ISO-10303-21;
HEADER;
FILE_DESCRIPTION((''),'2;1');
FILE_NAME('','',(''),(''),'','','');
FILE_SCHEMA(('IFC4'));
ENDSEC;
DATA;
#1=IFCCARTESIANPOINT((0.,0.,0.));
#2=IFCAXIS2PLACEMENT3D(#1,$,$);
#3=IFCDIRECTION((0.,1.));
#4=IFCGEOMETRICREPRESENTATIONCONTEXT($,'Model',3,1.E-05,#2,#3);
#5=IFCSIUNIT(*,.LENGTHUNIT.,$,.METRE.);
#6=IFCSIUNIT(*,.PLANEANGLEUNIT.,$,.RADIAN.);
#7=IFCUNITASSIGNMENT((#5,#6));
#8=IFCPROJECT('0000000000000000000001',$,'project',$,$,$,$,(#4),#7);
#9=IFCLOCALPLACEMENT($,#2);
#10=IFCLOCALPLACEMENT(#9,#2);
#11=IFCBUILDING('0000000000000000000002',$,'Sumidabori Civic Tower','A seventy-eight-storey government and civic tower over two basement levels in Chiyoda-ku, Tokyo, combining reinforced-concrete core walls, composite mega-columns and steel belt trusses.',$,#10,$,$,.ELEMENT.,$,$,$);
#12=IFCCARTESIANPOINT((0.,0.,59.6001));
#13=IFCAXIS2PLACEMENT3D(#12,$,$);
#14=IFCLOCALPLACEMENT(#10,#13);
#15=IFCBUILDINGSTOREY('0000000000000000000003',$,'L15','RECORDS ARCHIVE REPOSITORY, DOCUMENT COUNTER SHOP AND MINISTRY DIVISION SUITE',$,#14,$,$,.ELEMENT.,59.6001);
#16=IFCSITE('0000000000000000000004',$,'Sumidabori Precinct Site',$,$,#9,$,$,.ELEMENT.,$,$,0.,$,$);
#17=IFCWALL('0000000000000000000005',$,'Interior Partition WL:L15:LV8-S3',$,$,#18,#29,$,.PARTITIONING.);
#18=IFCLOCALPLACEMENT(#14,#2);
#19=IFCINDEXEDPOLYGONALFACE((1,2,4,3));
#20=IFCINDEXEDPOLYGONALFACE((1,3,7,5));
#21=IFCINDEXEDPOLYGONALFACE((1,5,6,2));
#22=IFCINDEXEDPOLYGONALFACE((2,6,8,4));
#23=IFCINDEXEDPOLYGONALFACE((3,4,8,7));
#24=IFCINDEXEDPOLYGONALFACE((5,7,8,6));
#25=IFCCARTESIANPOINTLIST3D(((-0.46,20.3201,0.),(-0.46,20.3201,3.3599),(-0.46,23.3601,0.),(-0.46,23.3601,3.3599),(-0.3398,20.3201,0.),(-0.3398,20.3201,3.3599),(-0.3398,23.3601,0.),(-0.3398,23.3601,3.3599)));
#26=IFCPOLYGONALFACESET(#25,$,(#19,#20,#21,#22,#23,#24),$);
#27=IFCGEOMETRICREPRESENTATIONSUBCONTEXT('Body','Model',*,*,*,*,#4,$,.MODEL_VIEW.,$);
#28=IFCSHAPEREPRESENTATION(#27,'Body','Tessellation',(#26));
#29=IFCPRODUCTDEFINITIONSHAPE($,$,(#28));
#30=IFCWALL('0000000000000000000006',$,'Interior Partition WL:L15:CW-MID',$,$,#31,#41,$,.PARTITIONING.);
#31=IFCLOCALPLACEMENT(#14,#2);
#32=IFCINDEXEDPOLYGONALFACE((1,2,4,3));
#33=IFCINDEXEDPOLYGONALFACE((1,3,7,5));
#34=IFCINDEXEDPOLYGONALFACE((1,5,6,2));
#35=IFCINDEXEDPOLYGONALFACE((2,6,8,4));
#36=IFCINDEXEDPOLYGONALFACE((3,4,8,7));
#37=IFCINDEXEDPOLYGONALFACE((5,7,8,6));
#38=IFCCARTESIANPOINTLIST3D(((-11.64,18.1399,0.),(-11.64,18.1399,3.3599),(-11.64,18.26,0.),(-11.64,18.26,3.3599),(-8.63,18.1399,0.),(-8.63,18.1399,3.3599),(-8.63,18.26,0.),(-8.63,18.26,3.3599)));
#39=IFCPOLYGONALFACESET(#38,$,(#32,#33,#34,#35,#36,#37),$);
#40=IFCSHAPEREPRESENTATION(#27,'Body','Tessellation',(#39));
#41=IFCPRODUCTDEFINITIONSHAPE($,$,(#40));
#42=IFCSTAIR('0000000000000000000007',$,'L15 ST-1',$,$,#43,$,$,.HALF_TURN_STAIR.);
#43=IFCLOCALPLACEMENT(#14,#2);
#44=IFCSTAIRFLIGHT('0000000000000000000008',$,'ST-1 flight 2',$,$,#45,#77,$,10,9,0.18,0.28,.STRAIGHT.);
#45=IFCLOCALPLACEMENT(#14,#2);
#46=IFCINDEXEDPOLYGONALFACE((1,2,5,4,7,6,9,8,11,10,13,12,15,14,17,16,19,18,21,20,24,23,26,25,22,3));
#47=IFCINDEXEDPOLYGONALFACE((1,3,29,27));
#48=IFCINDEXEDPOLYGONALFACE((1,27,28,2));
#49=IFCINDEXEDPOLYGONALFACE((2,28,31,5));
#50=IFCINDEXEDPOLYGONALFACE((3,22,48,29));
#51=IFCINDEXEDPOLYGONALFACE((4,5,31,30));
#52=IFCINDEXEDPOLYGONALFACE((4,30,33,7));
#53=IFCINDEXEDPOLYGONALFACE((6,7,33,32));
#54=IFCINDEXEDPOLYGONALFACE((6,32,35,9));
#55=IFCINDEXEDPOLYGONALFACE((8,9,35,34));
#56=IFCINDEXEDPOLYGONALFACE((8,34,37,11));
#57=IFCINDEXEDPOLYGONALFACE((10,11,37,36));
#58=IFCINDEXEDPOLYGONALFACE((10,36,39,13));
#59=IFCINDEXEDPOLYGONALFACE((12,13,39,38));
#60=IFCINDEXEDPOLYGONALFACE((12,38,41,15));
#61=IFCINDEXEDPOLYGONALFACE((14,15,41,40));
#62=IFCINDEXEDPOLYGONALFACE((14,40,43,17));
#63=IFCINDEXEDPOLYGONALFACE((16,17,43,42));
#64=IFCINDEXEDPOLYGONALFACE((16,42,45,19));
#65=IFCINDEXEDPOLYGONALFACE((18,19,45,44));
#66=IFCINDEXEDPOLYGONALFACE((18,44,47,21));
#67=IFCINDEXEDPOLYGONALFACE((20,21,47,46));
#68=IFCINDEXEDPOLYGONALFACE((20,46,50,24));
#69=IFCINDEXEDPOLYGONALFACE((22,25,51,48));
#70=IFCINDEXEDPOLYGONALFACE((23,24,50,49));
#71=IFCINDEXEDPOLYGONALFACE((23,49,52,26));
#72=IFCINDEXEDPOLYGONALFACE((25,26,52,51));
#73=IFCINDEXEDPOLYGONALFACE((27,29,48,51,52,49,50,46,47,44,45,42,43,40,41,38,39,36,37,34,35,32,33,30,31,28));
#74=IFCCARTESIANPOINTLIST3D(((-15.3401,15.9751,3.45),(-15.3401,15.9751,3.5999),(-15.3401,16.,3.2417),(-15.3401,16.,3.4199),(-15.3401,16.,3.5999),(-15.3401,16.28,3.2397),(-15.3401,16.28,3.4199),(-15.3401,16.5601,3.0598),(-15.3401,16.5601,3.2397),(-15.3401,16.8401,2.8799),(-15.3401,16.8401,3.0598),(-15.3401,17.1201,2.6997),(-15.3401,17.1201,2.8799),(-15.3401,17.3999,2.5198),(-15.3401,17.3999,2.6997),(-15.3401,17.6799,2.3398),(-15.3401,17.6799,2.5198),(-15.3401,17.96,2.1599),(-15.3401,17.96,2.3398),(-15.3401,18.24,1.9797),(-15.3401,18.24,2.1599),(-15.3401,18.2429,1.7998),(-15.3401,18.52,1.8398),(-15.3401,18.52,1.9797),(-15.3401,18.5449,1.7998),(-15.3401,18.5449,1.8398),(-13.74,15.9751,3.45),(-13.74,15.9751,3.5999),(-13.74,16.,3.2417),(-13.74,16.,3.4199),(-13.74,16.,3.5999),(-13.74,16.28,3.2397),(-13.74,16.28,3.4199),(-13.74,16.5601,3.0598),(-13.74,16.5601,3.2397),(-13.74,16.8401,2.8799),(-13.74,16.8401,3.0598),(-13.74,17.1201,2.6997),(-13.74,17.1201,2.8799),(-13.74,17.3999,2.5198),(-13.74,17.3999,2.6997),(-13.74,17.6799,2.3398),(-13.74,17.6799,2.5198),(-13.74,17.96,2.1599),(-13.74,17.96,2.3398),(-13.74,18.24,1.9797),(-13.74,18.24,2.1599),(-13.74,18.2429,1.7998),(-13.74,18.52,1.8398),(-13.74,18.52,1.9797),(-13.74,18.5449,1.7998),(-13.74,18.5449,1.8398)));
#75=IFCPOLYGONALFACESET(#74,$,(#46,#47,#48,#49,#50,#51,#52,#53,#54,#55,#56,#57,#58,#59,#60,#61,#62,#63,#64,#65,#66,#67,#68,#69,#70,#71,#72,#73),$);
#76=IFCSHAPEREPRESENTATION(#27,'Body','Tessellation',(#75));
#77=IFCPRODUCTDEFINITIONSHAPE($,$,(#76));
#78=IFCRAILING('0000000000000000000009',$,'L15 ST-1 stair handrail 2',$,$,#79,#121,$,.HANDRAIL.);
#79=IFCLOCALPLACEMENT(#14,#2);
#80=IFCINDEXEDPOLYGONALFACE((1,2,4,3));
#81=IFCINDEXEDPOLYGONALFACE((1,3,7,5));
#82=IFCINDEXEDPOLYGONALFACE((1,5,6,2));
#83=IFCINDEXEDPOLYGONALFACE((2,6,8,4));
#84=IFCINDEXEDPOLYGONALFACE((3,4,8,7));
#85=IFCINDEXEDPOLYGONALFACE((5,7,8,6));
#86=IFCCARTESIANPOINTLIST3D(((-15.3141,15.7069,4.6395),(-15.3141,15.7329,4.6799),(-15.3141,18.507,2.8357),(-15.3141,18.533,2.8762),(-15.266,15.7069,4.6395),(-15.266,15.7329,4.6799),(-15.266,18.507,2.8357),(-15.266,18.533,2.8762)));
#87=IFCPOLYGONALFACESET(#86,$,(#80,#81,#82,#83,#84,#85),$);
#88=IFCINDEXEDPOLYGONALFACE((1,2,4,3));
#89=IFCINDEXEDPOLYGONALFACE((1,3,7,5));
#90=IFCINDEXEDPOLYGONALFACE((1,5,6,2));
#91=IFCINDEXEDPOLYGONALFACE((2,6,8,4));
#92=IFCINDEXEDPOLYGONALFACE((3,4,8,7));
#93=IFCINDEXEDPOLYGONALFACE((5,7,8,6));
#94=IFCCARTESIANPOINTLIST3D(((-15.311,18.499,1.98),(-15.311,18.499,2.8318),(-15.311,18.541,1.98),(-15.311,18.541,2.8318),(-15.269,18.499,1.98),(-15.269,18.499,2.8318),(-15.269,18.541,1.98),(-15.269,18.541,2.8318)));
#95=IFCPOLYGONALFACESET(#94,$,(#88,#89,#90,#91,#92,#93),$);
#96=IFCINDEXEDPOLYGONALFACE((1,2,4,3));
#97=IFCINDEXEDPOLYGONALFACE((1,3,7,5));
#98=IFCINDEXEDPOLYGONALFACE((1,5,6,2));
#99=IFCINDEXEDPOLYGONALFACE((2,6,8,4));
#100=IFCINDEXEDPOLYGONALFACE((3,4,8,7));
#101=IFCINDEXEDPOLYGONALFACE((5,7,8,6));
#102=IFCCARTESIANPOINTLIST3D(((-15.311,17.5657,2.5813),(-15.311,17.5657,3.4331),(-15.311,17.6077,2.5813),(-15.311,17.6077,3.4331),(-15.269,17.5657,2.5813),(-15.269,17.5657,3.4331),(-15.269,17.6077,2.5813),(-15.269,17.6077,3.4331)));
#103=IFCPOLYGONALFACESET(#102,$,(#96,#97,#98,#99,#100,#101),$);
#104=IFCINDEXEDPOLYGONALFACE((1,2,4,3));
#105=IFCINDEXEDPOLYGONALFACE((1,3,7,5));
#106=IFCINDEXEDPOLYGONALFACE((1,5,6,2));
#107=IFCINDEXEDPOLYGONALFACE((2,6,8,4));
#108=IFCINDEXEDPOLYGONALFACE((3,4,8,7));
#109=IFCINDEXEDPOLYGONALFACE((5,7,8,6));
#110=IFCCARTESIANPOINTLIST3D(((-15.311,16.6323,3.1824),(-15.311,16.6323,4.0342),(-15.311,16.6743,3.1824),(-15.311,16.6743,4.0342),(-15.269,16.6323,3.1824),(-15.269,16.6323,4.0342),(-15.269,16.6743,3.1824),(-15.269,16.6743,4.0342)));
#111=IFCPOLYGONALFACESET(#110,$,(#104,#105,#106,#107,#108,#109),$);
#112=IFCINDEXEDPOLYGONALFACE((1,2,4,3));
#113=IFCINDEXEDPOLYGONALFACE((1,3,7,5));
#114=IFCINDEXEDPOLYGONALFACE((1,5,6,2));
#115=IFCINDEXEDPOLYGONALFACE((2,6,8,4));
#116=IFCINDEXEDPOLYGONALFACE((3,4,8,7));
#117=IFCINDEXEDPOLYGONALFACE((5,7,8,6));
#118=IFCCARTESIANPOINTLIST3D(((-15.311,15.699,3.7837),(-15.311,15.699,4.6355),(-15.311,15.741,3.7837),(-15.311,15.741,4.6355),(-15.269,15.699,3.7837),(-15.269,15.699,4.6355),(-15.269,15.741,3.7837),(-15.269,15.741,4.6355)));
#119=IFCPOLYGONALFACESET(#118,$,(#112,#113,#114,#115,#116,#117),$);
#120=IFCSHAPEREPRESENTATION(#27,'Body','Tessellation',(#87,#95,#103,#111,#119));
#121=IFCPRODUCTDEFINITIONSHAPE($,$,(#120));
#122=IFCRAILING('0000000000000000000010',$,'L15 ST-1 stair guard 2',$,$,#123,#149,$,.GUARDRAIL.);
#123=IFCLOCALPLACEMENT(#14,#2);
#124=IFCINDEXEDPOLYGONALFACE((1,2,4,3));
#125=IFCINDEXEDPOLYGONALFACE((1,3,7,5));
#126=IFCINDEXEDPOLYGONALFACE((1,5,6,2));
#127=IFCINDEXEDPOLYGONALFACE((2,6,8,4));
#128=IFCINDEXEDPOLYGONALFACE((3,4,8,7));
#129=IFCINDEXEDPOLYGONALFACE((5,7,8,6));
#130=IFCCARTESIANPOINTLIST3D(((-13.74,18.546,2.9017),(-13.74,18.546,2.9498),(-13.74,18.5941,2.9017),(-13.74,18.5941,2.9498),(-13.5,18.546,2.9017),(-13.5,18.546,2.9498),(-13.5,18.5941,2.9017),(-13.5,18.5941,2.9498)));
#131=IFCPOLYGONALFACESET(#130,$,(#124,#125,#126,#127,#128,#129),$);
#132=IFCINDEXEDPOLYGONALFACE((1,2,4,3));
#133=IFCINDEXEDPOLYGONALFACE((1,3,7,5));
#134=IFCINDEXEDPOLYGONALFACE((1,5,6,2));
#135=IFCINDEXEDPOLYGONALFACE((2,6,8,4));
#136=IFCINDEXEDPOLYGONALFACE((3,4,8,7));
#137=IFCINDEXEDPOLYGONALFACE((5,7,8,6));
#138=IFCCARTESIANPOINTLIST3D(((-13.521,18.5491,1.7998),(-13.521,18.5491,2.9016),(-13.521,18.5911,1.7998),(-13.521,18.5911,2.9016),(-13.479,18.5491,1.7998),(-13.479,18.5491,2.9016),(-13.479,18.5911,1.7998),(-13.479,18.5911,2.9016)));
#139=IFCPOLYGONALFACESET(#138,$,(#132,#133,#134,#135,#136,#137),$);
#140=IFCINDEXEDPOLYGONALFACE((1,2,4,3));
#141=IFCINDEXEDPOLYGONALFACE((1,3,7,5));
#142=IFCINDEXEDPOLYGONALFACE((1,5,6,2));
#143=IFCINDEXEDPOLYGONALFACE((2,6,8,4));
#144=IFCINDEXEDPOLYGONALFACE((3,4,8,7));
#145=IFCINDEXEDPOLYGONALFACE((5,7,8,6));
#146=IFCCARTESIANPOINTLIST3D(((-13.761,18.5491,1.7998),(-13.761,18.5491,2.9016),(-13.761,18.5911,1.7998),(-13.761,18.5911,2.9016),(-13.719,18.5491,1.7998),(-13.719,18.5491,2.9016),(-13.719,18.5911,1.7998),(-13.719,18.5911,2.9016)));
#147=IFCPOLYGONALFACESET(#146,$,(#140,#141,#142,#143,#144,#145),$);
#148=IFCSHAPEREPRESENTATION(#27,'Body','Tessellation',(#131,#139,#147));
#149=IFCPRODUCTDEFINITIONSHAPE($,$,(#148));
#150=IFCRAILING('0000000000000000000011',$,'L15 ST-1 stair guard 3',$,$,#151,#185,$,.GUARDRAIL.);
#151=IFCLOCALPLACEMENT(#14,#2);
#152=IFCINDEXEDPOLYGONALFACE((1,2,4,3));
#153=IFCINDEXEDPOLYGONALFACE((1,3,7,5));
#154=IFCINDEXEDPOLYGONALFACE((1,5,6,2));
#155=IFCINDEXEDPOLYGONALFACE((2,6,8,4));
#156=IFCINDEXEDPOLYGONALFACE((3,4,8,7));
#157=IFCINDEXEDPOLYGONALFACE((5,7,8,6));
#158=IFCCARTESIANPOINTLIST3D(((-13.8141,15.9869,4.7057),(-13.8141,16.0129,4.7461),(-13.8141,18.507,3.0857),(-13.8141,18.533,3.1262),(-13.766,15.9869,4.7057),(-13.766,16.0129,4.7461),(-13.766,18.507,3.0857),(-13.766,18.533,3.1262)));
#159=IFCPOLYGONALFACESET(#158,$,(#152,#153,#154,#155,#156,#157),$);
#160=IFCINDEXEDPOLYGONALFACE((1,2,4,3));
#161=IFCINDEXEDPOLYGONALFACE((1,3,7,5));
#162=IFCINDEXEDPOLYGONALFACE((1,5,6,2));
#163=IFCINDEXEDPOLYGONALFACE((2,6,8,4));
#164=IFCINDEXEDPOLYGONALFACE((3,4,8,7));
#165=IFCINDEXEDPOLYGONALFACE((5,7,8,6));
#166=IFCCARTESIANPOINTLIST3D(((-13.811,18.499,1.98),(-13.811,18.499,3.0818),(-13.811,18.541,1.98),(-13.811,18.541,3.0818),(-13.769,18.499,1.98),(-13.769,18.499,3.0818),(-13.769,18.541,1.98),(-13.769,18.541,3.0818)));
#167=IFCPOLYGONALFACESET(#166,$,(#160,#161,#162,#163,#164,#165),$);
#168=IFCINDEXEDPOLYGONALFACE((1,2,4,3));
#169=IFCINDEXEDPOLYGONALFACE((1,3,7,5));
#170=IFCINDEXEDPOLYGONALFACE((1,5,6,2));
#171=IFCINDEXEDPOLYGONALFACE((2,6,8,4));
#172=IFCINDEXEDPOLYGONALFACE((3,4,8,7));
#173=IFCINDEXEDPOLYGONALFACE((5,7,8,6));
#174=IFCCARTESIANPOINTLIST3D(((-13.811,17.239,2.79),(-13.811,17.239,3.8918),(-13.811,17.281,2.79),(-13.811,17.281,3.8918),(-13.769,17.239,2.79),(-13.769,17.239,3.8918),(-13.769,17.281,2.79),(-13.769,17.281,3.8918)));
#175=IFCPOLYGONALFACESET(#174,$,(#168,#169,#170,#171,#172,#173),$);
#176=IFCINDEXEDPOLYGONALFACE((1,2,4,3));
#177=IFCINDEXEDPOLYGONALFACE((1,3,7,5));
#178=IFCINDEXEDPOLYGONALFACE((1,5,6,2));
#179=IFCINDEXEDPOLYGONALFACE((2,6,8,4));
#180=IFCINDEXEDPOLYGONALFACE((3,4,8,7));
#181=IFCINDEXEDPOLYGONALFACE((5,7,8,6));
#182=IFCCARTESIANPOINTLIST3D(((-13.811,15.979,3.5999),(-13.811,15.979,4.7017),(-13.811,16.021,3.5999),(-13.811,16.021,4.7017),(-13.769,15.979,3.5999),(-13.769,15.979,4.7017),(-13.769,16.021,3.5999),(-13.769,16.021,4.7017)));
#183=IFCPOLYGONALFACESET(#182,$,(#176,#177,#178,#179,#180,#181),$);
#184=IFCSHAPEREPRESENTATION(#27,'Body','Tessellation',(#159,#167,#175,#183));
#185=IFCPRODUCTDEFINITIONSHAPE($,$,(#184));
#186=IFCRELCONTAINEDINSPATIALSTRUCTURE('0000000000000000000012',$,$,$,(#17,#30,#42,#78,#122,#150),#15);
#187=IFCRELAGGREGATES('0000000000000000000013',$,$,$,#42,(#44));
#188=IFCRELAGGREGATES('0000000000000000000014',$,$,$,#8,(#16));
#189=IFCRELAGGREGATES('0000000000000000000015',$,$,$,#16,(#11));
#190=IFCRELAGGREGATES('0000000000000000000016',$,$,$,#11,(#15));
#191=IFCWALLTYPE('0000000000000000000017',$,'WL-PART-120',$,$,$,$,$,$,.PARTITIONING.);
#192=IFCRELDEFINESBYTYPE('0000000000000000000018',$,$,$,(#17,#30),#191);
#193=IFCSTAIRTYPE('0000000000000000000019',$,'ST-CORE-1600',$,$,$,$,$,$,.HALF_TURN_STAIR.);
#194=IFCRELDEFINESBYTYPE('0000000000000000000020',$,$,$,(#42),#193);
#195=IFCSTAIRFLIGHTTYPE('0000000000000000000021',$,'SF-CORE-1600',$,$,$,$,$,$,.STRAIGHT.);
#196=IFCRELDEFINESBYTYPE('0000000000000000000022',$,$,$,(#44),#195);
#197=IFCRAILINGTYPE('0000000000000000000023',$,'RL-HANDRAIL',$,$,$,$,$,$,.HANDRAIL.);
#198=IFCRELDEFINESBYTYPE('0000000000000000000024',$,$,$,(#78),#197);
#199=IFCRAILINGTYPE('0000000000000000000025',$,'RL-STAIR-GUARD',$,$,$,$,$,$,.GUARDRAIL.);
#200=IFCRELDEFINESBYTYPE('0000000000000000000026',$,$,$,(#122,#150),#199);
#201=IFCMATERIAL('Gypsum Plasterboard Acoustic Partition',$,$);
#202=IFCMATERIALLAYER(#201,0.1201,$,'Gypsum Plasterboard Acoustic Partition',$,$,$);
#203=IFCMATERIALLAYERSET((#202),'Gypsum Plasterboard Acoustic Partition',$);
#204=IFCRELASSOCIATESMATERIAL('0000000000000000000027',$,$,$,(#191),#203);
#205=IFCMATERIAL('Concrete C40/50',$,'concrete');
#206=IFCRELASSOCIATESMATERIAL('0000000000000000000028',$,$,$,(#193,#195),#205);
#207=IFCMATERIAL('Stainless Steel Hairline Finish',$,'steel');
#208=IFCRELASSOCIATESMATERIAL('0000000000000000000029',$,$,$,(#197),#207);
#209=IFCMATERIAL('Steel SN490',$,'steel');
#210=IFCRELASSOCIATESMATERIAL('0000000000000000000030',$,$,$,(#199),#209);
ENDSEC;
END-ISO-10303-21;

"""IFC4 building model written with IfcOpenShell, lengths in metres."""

from ifc_helpers import new_model, si_unit, direction, frame, frame_2d, origin, origin_2d, place, context, subcontext, project, spatial, polyline, rectangle, outline, extrude, source, transform, mapped, material, layer, layer_set, type_object, element, aggregate, save


model = new_model("IFC4")

# Units and contexts
model_context = context("Model", 3, precision=1e-05, world=origin(), true_north=direction((0.0, 1.0)))
body_context = subcontext(model_context, "Body", "Model", "MODEL_VIEW")
ifc_project = project(units=[si_unit("LENGTHUNIT", "METRE"), si_unit("PLANEANGLEUNIT", "RADIAN")], contexts=[model_context])

# Site, building, storey
site_placement = place(None, origin())
site = spatial("IfcSite", under=ifc_project, at=site_placement, Name="Sumidabori Precinct Site", CompositionType="ELEMENT", RefElevation=0.0)
building_placement = place(site_placement, origin())
building = spatial("IfcBuilding", under=site, at=building_placement, Name="Sumidabori Civic Tower", Description="A seventy-eight-storey government and civic tower over two basement levels in Chiyoda-ku, Tokyo, combining reinforced-concrete core walls, composite mega-columns and steel belt trusses.", CompositionType="ELEMENT")
storey_placement = place(building_placement, frame((0.0, 0.0, 59.6001)))
storey = spatial("IfcBuildingStorey", under=building, at=storey_placement, Name="L15", Description="RECORDS ARCHIVE REPOSITORY, DOCUMENT COUNTER SHOP AND MINISTRY DIVISION SUITE", CompositionType="ELEMENT", Elevation=59.6001)

# Shared definitions
ifc_material_1 = material(Name="Gypsum Plasterboard Acoustic Partition")

# Walls
ifc_layer_1 = layer(ifc_material_1, 0.1201, Name="Gypsum Plasterboard Acoustic Partition")
ifc_layer_set_1 = layer_set([ifc_layer_1], Name="Gypsum Plasterboard Acoustic Partition")
wall_type_1 = type_object("IfcWallType", Name="WL-PART-120", PredefinedType="PARTITIONING", material=ifc_layer_set_1)
shared_shape_1 = source(origin(), body_context, "Body", "SweptSolid", [
    extrude(rectangle(XDim=3.04, YDim=0.1201, at=frame_2d((1.52, 0.0))), origin(), (0.0, 0.0, 1.0), 3.3599),
])
for number, where, z_axis, x_axis, name in (
    (1, (-0.3999, 20.3201, 0.0), (0.0, 0.0, 1.0), (0.0, 1.0, 0.0), "Interior Partition WL:L15:LV8-S3"),
):
    element("IfcWall", number, at=place(storey_placement, frame(where, z_axis=z_axis, x_axis=x_axis)), inside=storey, type_object=wall_type_1, Name=name, PredefinedType="PARTITIONING", context=body_context, shape_type="MappedRepresentation", body=[
        mapped(shared_shape_1, transform((0.0, 0.0, 0.0), x_axis=(1.0, 0.0, 0.0), y_axis=(0.0, 1.0, 0.0), z_axis=(0.0, 0.0, 1.0), scale=1.0)),
    ])
shared_shape_2 = source(origin(), body_context, "Body", "SweptSolid", [
    extrude(rectangle(XDim=3.01, YDim=0.1201, at=frame_2d((1.5049, 0.0))), origin(), (0.0, 0.0, 1.0), 3.3599),
])
wall_1_placement = place(storey_placement, frame((-11.6399, 18.2, 0.0), z_axis=(0.0, 0.0, 1.0), x_axis=(1.0, 0.0, 0.0)))
element("IfcWall", 2, at=wall_1_placement, inside=storey, type_object=wall_type_1, Name="Interior Partition WL:L15:CW-MID", PredefinedType="PARTITIONING", context=body_context, shape_type="MappedRepresentation", body=[
    mapped(shared_shape_2, transform((0.0, 0.0, 0.0), x_axis=(1.0, 0.0, 0.0), y_axis=(0.0, 1.0, 0.0), z_axis=(0.0, 0.0, 1.0), scale=1.0)),
])

# Stair, stair flight
ifc_material_2 = material(Name="Concrete C40/50", Category="concrete")
stair_type = type_object("IfcStairType", Name="ST-CORE-1600", PredefinedType="HALF_TURN_STAIR", material=ifc_material_2)
stair_placement = place(storey_placement, origin())
stair = element("IfcStair", 3, at=stair_placement, inside=storey, type_object=stair_type, Name="L15 ST-1", PredefinedType="HALF_TURN_STAIR")
stair_flight_type = type_object("IfcStairFlightType", Name="SF-CORE-1600", PredefinedType="STRAIGHT", material=ifc_material_2)
shared_shape_3 = source(origin(), body_context, "Body", "SweptSolid", [
    extrude(outline(polyline([(-0.0249, 0.0), (-0.0249, 0.04), (0.0, 0.04), (0.0, 0.1799), (0.28, 0.1799), (0.28, 0.3601), (0.5601, 0.3601), (0.5601, 0.54), (0.8401, 0.54), (0.8401, 0.72), (1.1201, 0.72), (1.1201, 0.8999), (1.3999, 0.8999), (1.3999, 1.0801), (1.6799, 1.0801), (1.6799, 1.26), (1.96, 1.26), (1.96, 1.4399), (2.24, 1.4399), (2.24, 1.6201), (2.52, 1.6201), (2.52, 1.8), (2.5449, 1.8), (2.5449, 1.6501), (2.52, 1.4419), (0.2771, 0.0), (-0.0249, 0.0)])), frame((0.0, 0.8, 0.0), z_axis=(0.0, -1.0, 0.0), x_axis=(1.0, 0.0, 0.0)), (0.0, 0.0, 1.0), 1.6001),
])
stair_flight_placement = place(storey_placement, frame((-14.54, 18.52, 1.7998), z_axis=(0.0, 0.0, 1.0), x_axis=(0.0, -1.0, 0.0)))
stair_flight = element("IfcStairFlight", 4, at=stair_flight_placement, type_object=stair_flight_type, Name="ST-1 flight 2", NumberOfRisers=10, NumberOfTreads=9, PredefinedType="STRAIGHT", RiserHeight=0.18, TreadLength=0.28, context=body_context, shape_type="MappedRepresentation", body=[
    mapped(shared_shape_3, transform((0.0, 0.0, 0.0), x_axis=(1.0, 0.0, 0.0), y_axis=(0.0, 1.0, 0.0), z_axis=(0.0, 0.0, 1.0), scale=1.0)),
])
aggregate(stair, [stair_flight])

# Railings
ifc_material_3 = material(Name="Stainless Steel Hairline Finish", Category="steel")
railing_type_1 = type_object("IfcRailingType", Name="RL-HANDRAIL", PredefinedType="HANDRAIL", material=ifc_material_3)
railing_1_placement = place(storey_placement, frame((-15.29, 18.52, 1.98)))
element("IfcRailing", 5, at=railing_1_placement, inside=storey, type_object=railing_type_1, Name="L15 ST-1 stair handrail 2", PredefinedType="HANDRAIL", context=body_context, shape_type="SweptSolid", body=[
    extrude(rectangle(XDim=0.0481, YDim=0.0481, at=origin_2d()), frame((0.0, 0.0, 0.876), z_axis=(0.0, -0.840676, 0.541539), x_axis=(1.0, 0.0, 0.0)), (0.0, 0.0, 1.0), 3.3308),
    extrude(rectangle(XDim=0.042, YDim=0.042, at=origin_2d()), origin(), (0.0, 0.0, 1.0), 0.8518),
    extrude(rectangle(XDim=0.042, YDim=0.042, at=origin_2d()), frame((0.0, -0.9333, 0.6013)), (0.0, 0.0, 1.0), 0.8518),
    extrude(rectangle(XDim=0.042, YDim=0.042, at=origin_2d()), frame((0.0, -1.8667, 1.2024)), (0.0, 0.0, 1.0), 0.8518),
    extrude(rectangle(XDim=0.042, YDim=0.042, at=origin_2d()), frame((0.0, -2.8, 1.8037)), (0.0, 0.0, 1.0), 0.8518),
])
ifc_material_4 = material(Name="Steel SN490", Category="steel")
railing_type_2 = type_object("IfcRailingType", Name="RL-STAIR-GUARD", PredefinedType="GUARDRAIL", material=ifc_material_4)
railing_2_placement = place(storey_placement, frame((-13.5, 18.5701, 1.7998)))
element("IfcRailing", 6, at=railing_2_placement, inside=storey, type_object=railing_type_2, Name="L15 ST-1 stair guard 2", PredefinedType="GUARDRAIL", context=body_context, shape_type="SweptSolid", body=[
    extrude(rectangle(XDim=0.0481, YDim=0.0481, at=origin_2d()), frame((0.0, 0.0, 1.126), z_axis=(-1.0, 0.0, 0.0), x_axis=(0.0, -1.0, 0.0)), (0.0, 0.0, 1.0), 0.24),
    extrude(rectangle(XDim=0.042, YDim=0.042, at=origin_2d()), origin(), (0.0, 0.0, 1.0), 1.1018),
    extrude(rectangle(XDim=0.042, YDim=0.042, at=origin_2d()), frame((-0.24, 0.0, 0.0)), (0.0, 0.0, 1.0), 1.1018),
])
railing_3_placement = place(storey_placement, frame((-13.79, 18.52, 1.98)))
element("IfcRailing", 7, at=railing_3_placement, inside=storey, type_object=railing_type_2, Name="L15 ST-1 stair guard 3", PredefinedType="GUARDRAIL", context=body_context, shape_type="SweptSolid", body=[
    extrude(rectangle(XDim=0.0481, YDim=0.0481, at=origin_2d()), frame((0.0, 0.0, 1.126), z_axis=(0.0, -0.8412, 0.540725), x_axis=(1.0, 0.0, 0.0)), (0.0, 0.0, 1.0), 2.9958),
    extrude(rectangle(XDim=0.042, YDim=0.042, at=origin_2d()), origin(), (0.0, 0.0, 1.0), 1.1018),
    extrude(rectangle(XDim=0.042, YDim=0.042, at=origin_2d()), frame((0.0, -1.26, 0.8101)), (0.0, 0.0, 1.0), 1.1018),
    extrude(rectangle(XDim=0.042, YDim=0.042, at=origin_2d()), frame((0.0, -2.52, 1.6199)), (0.0, 0.0, 1.0), 1.1018),
])

save(model, "model.ifc")
